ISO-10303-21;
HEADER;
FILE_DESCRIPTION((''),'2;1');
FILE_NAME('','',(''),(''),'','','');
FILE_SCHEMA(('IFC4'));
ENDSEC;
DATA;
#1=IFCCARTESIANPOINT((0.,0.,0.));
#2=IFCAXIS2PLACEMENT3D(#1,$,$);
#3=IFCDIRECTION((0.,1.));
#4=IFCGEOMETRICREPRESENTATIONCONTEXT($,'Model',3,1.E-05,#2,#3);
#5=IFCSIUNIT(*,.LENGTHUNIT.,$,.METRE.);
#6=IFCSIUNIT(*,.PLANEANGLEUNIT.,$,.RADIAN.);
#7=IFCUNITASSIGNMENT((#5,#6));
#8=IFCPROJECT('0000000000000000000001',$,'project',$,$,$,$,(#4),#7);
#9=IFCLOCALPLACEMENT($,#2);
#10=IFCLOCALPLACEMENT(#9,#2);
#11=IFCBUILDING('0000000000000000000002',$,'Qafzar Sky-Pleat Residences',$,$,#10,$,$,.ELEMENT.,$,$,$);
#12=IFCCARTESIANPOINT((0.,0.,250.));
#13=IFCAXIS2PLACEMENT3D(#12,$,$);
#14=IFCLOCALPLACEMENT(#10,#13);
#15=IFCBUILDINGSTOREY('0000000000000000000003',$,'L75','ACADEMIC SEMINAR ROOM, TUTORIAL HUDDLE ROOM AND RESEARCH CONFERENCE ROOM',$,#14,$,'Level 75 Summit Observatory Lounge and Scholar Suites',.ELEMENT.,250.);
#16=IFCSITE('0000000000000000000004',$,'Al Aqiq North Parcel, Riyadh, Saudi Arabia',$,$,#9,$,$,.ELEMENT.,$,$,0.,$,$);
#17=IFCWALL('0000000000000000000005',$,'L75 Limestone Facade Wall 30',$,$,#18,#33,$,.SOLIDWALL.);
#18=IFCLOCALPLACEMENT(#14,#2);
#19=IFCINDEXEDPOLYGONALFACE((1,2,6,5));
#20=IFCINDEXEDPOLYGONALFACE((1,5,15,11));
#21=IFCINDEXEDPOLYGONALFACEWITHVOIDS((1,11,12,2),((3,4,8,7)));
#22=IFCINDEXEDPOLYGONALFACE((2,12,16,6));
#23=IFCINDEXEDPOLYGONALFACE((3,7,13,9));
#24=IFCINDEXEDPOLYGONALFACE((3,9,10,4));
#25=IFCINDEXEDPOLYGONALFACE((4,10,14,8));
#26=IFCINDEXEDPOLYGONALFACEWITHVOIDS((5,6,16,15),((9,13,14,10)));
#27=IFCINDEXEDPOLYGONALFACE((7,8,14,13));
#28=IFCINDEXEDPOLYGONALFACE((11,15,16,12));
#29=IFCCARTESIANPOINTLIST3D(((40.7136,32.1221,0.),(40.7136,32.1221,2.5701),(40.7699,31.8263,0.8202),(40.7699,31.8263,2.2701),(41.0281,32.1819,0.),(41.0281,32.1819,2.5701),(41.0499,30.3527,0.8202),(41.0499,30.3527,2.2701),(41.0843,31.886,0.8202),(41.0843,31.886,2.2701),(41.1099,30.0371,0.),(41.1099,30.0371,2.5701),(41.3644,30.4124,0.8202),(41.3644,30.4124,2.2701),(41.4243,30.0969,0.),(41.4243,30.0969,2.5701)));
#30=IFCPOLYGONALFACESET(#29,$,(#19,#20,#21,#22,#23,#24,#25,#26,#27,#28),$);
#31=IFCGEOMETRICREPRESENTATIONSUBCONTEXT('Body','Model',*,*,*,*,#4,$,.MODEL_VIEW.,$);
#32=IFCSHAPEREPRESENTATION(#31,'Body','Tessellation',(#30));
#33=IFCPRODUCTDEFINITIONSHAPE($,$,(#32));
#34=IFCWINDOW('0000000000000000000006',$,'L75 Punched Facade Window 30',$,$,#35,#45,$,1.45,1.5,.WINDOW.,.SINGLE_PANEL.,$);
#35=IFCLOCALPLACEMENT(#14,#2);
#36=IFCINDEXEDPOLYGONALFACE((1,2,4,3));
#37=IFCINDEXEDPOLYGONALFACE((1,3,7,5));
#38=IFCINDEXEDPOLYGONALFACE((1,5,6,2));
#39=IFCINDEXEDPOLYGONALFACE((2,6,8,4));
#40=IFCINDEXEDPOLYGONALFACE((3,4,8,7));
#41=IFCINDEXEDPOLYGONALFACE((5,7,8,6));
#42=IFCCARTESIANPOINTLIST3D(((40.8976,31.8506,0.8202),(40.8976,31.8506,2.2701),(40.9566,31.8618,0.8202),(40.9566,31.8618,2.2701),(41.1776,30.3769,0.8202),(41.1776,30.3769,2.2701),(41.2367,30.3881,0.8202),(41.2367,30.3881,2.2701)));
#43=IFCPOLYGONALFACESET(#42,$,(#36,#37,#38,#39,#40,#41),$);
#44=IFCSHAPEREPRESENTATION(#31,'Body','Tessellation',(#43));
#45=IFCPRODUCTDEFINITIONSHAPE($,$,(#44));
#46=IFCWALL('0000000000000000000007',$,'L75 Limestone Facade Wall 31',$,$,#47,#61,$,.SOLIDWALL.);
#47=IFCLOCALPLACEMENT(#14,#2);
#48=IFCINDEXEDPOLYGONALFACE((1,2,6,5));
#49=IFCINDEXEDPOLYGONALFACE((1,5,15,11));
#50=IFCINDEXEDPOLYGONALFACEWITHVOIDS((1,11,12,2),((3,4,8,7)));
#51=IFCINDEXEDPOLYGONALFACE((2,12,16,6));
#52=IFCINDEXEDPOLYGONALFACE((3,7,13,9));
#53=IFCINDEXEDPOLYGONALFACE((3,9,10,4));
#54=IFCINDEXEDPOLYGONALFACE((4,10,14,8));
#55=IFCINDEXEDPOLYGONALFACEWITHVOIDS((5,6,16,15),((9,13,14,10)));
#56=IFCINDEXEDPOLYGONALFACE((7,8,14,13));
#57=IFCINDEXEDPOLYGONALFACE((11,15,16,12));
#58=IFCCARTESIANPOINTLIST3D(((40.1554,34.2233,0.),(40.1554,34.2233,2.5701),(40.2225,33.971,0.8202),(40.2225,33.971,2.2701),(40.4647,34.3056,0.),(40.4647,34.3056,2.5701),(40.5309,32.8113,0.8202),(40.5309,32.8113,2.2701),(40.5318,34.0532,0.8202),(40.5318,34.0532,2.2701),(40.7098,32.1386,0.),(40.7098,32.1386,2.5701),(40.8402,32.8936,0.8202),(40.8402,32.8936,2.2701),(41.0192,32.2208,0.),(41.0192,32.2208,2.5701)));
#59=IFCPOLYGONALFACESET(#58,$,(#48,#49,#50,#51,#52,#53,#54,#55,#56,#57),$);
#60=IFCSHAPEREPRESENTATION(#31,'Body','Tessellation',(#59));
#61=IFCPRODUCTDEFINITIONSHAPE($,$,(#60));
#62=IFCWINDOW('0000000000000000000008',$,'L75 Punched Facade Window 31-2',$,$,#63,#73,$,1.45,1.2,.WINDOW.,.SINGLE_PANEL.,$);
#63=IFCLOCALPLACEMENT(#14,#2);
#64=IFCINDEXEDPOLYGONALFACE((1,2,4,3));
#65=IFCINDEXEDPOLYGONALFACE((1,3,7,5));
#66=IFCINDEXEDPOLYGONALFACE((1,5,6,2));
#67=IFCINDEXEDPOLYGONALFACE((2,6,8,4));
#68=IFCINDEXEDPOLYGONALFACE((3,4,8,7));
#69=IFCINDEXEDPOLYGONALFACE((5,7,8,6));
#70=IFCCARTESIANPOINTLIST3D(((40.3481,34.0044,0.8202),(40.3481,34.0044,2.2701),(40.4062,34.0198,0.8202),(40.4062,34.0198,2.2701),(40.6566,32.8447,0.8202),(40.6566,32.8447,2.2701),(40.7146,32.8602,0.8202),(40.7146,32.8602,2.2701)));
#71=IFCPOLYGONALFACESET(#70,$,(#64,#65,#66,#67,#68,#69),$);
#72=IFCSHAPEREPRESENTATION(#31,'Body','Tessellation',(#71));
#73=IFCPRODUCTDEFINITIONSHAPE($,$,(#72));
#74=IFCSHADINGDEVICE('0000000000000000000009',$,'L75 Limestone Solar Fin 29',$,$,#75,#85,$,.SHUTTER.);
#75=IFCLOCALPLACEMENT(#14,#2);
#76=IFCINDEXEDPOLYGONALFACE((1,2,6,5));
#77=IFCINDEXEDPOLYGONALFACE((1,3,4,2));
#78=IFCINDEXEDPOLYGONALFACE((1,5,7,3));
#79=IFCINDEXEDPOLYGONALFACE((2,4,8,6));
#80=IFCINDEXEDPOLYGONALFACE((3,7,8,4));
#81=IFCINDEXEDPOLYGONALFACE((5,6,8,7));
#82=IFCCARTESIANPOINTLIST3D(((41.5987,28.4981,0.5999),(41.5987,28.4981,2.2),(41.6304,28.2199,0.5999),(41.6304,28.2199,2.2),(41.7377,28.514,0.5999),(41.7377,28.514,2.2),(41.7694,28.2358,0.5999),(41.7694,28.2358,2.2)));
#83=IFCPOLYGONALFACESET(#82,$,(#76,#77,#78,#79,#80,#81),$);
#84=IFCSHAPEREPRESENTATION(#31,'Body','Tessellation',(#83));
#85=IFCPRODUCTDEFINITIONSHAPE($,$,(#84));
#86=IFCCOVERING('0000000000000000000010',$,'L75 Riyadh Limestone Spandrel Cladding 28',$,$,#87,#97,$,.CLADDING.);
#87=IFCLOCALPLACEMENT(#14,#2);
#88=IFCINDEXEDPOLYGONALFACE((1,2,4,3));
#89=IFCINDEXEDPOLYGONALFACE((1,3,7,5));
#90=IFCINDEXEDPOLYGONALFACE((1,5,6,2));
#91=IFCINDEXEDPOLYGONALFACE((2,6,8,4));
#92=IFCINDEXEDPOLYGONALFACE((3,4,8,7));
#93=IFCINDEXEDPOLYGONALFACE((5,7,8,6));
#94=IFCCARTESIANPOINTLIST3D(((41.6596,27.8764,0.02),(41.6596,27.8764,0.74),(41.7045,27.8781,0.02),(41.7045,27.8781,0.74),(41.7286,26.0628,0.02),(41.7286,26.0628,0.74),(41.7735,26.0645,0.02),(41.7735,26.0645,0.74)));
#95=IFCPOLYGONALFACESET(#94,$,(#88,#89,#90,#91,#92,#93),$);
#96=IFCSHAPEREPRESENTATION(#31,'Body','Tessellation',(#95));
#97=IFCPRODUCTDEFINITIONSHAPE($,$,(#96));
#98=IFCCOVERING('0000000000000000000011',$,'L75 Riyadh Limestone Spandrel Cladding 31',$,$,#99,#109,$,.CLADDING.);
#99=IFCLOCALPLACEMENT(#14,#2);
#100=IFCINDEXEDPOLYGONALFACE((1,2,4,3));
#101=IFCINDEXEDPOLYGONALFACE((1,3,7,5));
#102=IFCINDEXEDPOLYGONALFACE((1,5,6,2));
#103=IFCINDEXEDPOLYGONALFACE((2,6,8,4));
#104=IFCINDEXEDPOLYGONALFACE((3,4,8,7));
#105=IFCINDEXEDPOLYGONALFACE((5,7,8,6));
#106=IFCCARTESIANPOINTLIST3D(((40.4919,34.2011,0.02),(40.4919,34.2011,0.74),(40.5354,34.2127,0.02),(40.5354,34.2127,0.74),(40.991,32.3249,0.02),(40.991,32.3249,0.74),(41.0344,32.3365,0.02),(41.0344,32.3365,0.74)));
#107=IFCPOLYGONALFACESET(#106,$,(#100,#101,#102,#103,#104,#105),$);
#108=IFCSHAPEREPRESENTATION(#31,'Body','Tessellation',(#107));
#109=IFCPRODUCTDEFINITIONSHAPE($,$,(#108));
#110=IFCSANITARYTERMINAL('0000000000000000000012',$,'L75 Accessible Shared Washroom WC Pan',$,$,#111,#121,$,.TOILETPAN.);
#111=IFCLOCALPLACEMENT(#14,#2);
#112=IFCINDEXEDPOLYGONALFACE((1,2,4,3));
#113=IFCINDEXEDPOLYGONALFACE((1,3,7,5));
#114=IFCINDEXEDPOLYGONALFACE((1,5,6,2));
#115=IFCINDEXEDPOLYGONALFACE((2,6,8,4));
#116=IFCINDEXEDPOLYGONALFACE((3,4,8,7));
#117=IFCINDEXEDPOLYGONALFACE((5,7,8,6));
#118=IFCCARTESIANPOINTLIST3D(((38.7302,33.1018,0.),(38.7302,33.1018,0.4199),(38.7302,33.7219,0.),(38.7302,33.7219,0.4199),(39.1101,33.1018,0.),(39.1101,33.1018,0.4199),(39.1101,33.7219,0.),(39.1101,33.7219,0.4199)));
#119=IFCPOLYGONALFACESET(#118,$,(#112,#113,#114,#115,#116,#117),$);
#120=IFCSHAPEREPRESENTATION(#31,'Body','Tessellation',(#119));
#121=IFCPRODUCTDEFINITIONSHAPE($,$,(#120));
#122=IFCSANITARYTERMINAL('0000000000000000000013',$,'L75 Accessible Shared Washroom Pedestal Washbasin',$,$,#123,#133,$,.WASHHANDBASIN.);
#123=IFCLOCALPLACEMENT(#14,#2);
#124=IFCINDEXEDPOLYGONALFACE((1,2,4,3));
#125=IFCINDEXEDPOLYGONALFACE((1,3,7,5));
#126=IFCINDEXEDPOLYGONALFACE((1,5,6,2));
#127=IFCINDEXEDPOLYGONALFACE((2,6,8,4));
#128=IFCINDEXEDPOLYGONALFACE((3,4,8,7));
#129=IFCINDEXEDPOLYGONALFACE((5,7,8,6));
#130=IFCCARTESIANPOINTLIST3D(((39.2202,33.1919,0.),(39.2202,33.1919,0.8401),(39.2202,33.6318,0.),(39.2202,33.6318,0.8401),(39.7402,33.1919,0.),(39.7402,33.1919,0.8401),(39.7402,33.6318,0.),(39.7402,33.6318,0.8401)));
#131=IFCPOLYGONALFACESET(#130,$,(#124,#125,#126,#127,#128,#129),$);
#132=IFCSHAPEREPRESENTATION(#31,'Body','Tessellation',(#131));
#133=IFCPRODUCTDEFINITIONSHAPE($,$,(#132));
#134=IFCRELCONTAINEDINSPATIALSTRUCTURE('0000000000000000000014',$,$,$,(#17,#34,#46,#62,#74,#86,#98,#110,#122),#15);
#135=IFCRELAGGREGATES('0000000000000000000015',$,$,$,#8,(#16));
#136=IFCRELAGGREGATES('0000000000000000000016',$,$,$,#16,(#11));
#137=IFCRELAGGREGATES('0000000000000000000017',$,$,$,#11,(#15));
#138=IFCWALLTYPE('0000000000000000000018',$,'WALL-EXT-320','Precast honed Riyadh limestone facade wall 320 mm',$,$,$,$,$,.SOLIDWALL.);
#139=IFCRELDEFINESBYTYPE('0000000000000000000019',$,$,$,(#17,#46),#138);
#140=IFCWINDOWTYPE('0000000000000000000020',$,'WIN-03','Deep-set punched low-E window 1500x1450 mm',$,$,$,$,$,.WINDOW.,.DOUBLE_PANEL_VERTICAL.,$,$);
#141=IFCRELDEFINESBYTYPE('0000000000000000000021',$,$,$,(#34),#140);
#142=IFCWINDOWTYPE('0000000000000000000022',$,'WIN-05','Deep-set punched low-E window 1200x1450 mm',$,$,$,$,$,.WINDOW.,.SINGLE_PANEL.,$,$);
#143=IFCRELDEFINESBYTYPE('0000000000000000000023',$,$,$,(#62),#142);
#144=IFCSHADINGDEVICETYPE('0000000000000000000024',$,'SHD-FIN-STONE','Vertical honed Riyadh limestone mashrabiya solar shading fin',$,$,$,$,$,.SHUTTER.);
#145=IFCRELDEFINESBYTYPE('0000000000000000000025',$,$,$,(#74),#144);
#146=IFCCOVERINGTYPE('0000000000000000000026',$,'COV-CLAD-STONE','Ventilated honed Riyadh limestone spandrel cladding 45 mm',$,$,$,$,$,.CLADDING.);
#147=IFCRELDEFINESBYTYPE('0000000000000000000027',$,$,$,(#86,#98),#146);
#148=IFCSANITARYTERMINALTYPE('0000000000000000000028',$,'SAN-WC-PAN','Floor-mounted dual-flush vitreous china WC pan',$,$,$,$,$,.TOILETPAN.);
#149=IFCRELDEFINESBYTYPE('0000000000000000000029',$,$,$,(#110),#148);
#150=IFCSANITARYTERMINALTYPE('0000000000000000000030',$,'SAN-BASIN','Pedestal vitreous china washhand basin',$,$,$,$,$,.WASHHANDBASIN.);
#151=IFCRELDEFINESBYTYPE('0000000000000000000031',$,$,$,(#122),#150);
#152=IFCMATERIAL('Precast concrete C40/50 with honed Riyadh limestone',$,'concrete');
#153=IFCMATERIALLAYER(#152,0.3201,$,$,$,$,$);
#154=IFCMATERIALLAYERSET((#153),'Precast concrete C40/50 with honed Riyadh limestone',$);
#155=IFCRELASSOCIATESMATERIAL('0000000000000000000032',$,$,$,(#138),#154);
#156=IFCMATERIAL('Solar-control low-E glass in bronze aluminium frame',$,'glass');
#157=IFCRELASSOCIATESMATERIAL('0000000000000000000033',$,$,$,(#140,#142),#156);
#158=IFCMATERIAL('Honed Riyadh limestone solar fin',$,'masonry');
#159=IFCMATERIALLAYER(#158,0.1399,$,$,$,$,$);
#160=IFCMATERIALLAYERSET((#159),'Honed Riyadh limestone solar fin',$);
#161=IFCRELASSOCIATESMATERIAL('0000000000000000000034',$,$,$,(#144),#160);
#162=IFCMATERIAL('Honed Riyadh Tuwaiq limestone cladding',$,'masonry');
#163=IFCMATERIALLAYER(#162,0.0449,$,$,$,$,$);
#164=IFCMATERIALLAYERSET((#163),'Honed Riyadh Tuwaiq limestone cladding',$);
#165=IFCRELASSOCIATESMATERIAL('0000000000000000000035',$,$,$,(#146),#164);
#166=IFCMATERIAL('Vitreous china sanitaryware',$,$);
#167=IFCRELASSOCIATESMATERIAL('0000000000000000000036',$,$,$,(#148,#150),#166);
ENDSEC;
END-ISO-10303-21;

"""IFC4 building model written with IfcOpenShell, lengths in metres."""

from ifc_helpers import new_model, si_unit, direction, frame, frame_2d, origin, origin_2d, place, context, subcontext, project, spatial, rectangle, extrude, source, transform, mapped, material, layer, layer_set, type_object, element, fill, save


model = new_model("IFC4")

# Units and contexts
model_context = context("Model", 3, precision=1e-05, world=origin(), true_north=direction((0.0, 1.0)))
body_context = subcontext(model_context, "Body", "Model", "MODEL_VIEW")
ifc_project = project(units=[si_unit("LENGTHUNIT", "METRE"), si_unit("PLANEANGLEUNIT", "RADIAN")], contexts=[model_context])

# Site, building, storey
site_placement = place(None, origin())
site = spatial("IfcSite", under=ifc_project, at=site_placement, Name="Al Aqiq North Parcel, Riyadh, Saudi Arabia", CompositionType="ELEMENT", RefElevation=0.0)
building_placement = place(site_placement, origin())
building = spatial("IfcBuilding", under=site, at=building_placement, Name="Qafzar Sky-Pleat Residences", CompositionType="ELEMENT")
storey_placement = place(building_placement, frame((0.0, 0.0, 250.0)))
storey = spatial("IfcBuildingStorey", under=building, at=storey_placement, Name="L75", Description="ACADEMIC SEMINAR ROOM, TUTORIAL HUDDLE ROOM AND RESEARCH CONFERENCE ROOM", LongName="Level 75 Summit Observatory Lounge and Scholar Suites", CompositionType="ELEMENT", Elevation=250.0)

# Walls, openings, windows
ifc_material_1 = material(Name="Precast concrete C40/50 with honed Riyadh limestone", Category="concrete")
ifc_layer_1 = layer(ifc_material_1, 0.3201)
ifc_layer_set_1 = layer_set([ifc_layer_1], Name="Precast concrete C40/50 with honed Riyadh limestone")
wall_type = type_object("IfcWallType", Name="WALL-EXT-320", Description="Precast honed Riyadh limestone facade wall 320 mm", PredefinedType="SOLIDWALL", material=ifc_layer_set_1)
ifc_material_2 = material(Name="Solar-control low-E glass in bronze aluminium frame", Category="glass")
wall_1_placement = place(storey_placement, frame((41.2671, 30.0671, 0.0), z_axis=(0.0, 0.0, 1.0), x_axis=(-0.186705, 0.982416, 0.0)))
wall_1 = element("IfcWall", 1, at=wall_1_placement, inside=storey, type_object=wall_type, Name="L75 Limestone Facade Wall 30", PredefinedType="SOLIDWALL", context=body_context, shape_type="SweptSolid", body=[
    extrude(rectangle(XDim=2.1223, YDim=0.3201, at=frame_2d((1.061, 0.0))), origin(), (0.0, 0.0, 1.0), 2.5701),
])
opening_1_placement = place(wall_1_placement, frame((0.321, 0.0, 0.8201)))
opening_1 = element("IfcOpeningElement", 2, at=opening_1_placement, cuts=wall_1, PredefinedType="OPENING", context=body_context, shape_type="SweptSolid", body=[
    extrude(rectangle(XDim=1.5, YDim=1.45, at=frame_2d((0.75, 0.7251))), frame((0.0, 0.1699, 0.0), z_axis=(0.0, -1.0, 0.0), x_axis=(1.0, 0.0, 0.0)), (0.0, 0.0, 1.0), 0.3401),
])
window_type_1 = type_object("IfcWindowType", Name="WIN-03", Description="Deep-set punched low-E window 1500x1450 mm", PartitioningType="DOUBLE_PANEL_VERTICAL", PredefinedType="WINDOW", material=ifc_material_2)
shared_shape_1 = source(origin(), body_context, "Body", "SweptSolid", [
    extrude(rectangle(XDim=1.5, YDim=1.45, at=frame_2d((0.75, 0.7251))), frame((0.0, 0.03, 0.0), z_axis=(0.0, -1.0, 0.0), x_axis=(1.0, 0.0, 0.0)), (0.0, 0.0, 1.0), 0.0601),
])
window_1_placement = place(opening_1_placement, origin())
window_1 = element("IfcWindow", 3, at=window_1_placement, inside=storey, type_object=window_type_1, Name="L75 Punched Facade Window 30", OverallHeight=1.45, OverallWidth=1.5, PartitioningType="SINGLE_PANEL", PredefinedType="WINDOW", context=body_context, shape_type="MappedRepresentation", body=[
    mapped(shared_shape_1, transform((0.0, 0.0, 0.0), x_axis=(1.0, 0.0, 0.0), y_axis=(0.0, 1.0, 0.0), z_axis=(0.0, 0.0, 1.0), scale=1.0)),
])
fill(opening_1, window_1)
wall_2_placement = place(storey_placement, frame((40.8645, 32.1797, 0.0), z_axis=(0.0, 0.0, 1.0), x_axis=(-0.257022, 0.966406, 0.0)))
wall_2 = element("IfcWall", 4, at=wall_2_placement, inside=storey, type_object=wall_type, Name="L75 Limestone Facade Wall 31", PredefinedType="SOLIDWALL", context=body_context, shape_type="SweptSolid", body=[
    extrude(rectangle(XDim=2.1572, YDim=0.3201, at=frame_2d((1.0786, 0.0))), origin(), (0.0, 0.0, 1.0), 2.5701),
])
opening_2_placement = place(wall_2_placement, frame((0.696, 0.0, 0.8201)))
opening_2 = element("IfcOpeningElement", 5, at=opening_2_placement, cuts=wall_2, PredefinedType="OPENING", context=body_context, shape_type="SweptSolid", body=[
    extrude(rectangle(XDim=1.2, YDim=1.45, at=frame_2d((0.6001, 0.7251))), frame((0.0, 0.1699, 0.0), z_axis=(0.0, -1.0, 0.0), x_axis=(1.0, 0.0, 0.0)), (0.0, 0.0, 1.0), 0.3401),
])
window_type_2 = type_object("IfcWindowType", Name="WIN-05", Description="Deep-set punched low-E window 1200x1450 mm", PartitioningType="SINGLE_PANEL", PredefinedType="WINDOW", material=ifc_material_2)
shared_shape_2 = source(origin(), body_context, "Body", "SweptSolid", [
    extrude(rectangle(XDim=1.2, YDim=1.45, at=frame_2d((0.6001, 0.7251))), frame((0.0, 0.03, 0.0), z_axis=(0.0, -1.0, 0.0), x_axis=(1.0, 0.0, 0.0)), (0.0, 0.0, 1.0), 0.0601),
])
window_2_placement = place(opening_2_placement, origin())
window_2 = element("IfcWindow", 6, at=window_2_placement, inside=storey, type_object=window_type_2, Name="L75 Punched Facade Window 31-2", OverallHeight=1.45, OverallWidth=1.2, PartitioningType="SINGLE_PANEL", PredefinedType="WINDOW", context=body_context, shape_type="MappedRepresentation", body=[
    mapped(shared_shape_2, transform((0.0, 0.0, 0.0), x_axis=(1.0, 0.0, 0.0), y_axis=(0.0, 1.0, 0.0), z_axis=(0.0, 0.0, 1.0), scale=1.0)),
])
fill(opening_2, window_2)

# Shading device
ifc_material_3 = material(Name="Honed Riyadh limestone solar fin", Category="masonry")
ifc_layer_2 = layer(ifc_material_3, 0.1399)
ifc_layer_set_2 = layer_set([ifc_layer_2], Name="Honed Riyadh limestone solar fin")
shading_device_type = type_object("IfcShadingDeviceType", Name="SHD-FIN-STONE", Description="Vertical honed Riyadh limestone mashrabiya solar shading fin", PredefinedType="SHUTTER", material=ifc_layer_set_2)
shared_shape_3 = source(origin(), body_context, "Body", "SweptSolid", [
    extrude(rectangle(XDim=0.1399, YDim=0.28, at=origin_2d()), origin(), (0.0, 0.0, 1.0), 1.6001),
])
shading_device_placement = place(storey_placement, frame((41.6841, 28.3669, 0.5999), z_axis=(0.0, 0.0, 1.0), x_axis=(0.993563, 0.113285, 0.0)))
element("IfcShadingDevice", 7, at=shading_device_placement, inside=storey, type_object=shading_device_type, Name="L75 Limestone Solar Fin 29", PredefinedType="SHUTTER", context=body_context, shape_type="MappedRepresentation", body=[
    mapped(shared_shape_3, transform((0.0, 0.0, 0.0), x_axis=(1.0, 0.0, 0.0), y_axis=(0.0, 1.0, 0.0), z_axis=(0.0, 0.0, 1.0), scale=1.0)),
])

# Coverings
ifc_material_4 = material(Name="Honed Riyadh Tuwaiq limestone cladding", Category="masonry")
ifc_layer_3 = layer(ifc_material_4, 0.0449)
ifc_layer_set_3 = layer_set([ifc_layer_3], Name="Honed Riyadh Tuwaiq limestone cladding")
covering_type = type_object("IfcCoveringType", Name="COV-CLAD-STONE", Description="Ventilated honed Riyadh limestone spandrel cladding 45 mm", PredefinedType="CLADDING", material=ifc_layer_set_3)
shared_shape_4 = source(origin(), body_context, "Body", "SweptSolid", [
    extrude(rectangle(XDim=1.8149, YDim=0.0449, at=origin_2d()), origin(), (0.0, 0.0, 1.0), 0.72),
])
covering_1_placement = place(storey_placement, frame((41.7166, 26.9705, 0.02), z_axis=(0.0, 0.0, 1.0), x_axis=(-0.037984, 0.999278, 0.0)))
element("IfcCovering", 8, at=covering_1_placement, inside=storey, type_object=covering_type, Name="L75 Riyadh Limestone Spandrel Cladding 28", PredefinedType="CLADDING", context=body_context, shape_type="MappedRepresentation", body=[
    mapped(shared_shape_4, transform((0.0, 0.0, 0.0), x_axis=(1.0, 0.0, 0.0), y_axis=(0.0, 1.0, 0.0), z_axis=(0.0, 0.0, 1.0), scale=1.0)),
])
shared_shape_5 = source(origin(), body_context, "Body", "SweptSolid", [
    extrude(rectangle(XDim=1.9414, YDim=0.0449, at=origin_2d()), origin(), (0.0, 0.0, 1.0), 0.72),
])
covering_2_placement = place(storey_placement, frame((40.7632, 33.2688, 0.02), z_axis=(0.0, 0.0, 1.0), x_axis=(-0.25706, 0.966396, 0.0)))
element("IfcCovering", 9, at=covering_2_placement, inside=storey, type_object=covering_type, Name="L75 Riyadh Limestone Spandrel Cladding 31", PredefinedType="CLADDING", context=body_context, shape_type="MappedRepresentation", body=[
    mapped(shared_shape_5, transform((0.0, 0.0, 0.0), x_axis=(1.0, 0.0, 0.0), y_axis=(0.0, 1.0, 0.0), z_axis=(0.0, 0.0, 1.0), scale=1.0)),
])

# Sanitary terminals
ifc_material_5 = material(Name="Vitreous china sanitaryware")
sanitary_terminal_type_1 = type_object("IfcSanitaryTerminalType", Name="SAN-WC-PAN", Description="Floor-mounted dual-flush vitreous china WC pan", PredefinedType="TOILETPAN", material=ifc_material_5)
shared_shape_6 = source(origin(), body_context, "Body", "SweptSolid", [
    extrude(rectangle(XDim=0.3799, YDim=0.6201, at=origin_2d()), origin(), (0.0, 0.0, 1.0), 0.4199),
])
sanitary_terminal_1_placement = place(storey_placement, frame((38.9202, 33.4119, 0.0), z_axis=(0.0, 0.0, 1.0), x_axis=(1.0, 0.0, 0.0)))
element("IfcSanitaryTerminal", 10, at=sanitary_terminal_1_placement, inside=storey, type_object=sanitary_terminal_type_1, Name="L75 Accessible Shared Washroom WC Pan", PredefinedType="TOILETPAN", context=body_context, shape_type="MappedRepresentation", body=[
    mapped(shared_shape_6, transform((0.0, 0.0, 0.0), x_axis=(1.0, 0.0, 0.0), y_axis=(0.0, 1.0, 0.0), z_axis=(0.0, 0.0, 1.0), scale=1.0)),
])
sanitary_terminal_type_2 = type_object("IfcSanitaryTerminalType", Name="SAN-BASIN", Description="Pedestal vitreous china washhand basin", PredefinedType="WASHHANDBASIN", material=ifc_material_5)
shared_shape_7 = source(origin(), body_context, "Body", "SweptSolid", [
    extrude(rectangle(XDim=0.52, YDim=0.4399, at=origin_2d()), origin(), (0.0, 0.0, 1.0), 0.8401),
])
sanitary_terminal_2_placement = place(storey_placement, frame((39.4802, 33.4119, 0.0), z_axis=(0.0, 0.0, 1.0), x_axis=(1.0, 0.0, 0.0)))
element("IfcSanitaryTerminal", 11, at=sanitary_terminal_2_placement, inside=storey, type_object=sanitary_terminal_type_2, Name="L75 Accessible Shared Washroom Pedestal Washbasin", PredefinedType="WASHHANDBASIN", context=body_context, shape_type="MappedRepresentation", body=[
    mapped(shared_shape_7, transform((0.0, 0.0, 0.0), x_axis=(1.0, 0.0, 0.0), y_axis=(0.0, 1.0, 0.0), z_axis=(0.0, 0.0, 1.0), scale=1.0)),
])

save(model, "model.ifc")
